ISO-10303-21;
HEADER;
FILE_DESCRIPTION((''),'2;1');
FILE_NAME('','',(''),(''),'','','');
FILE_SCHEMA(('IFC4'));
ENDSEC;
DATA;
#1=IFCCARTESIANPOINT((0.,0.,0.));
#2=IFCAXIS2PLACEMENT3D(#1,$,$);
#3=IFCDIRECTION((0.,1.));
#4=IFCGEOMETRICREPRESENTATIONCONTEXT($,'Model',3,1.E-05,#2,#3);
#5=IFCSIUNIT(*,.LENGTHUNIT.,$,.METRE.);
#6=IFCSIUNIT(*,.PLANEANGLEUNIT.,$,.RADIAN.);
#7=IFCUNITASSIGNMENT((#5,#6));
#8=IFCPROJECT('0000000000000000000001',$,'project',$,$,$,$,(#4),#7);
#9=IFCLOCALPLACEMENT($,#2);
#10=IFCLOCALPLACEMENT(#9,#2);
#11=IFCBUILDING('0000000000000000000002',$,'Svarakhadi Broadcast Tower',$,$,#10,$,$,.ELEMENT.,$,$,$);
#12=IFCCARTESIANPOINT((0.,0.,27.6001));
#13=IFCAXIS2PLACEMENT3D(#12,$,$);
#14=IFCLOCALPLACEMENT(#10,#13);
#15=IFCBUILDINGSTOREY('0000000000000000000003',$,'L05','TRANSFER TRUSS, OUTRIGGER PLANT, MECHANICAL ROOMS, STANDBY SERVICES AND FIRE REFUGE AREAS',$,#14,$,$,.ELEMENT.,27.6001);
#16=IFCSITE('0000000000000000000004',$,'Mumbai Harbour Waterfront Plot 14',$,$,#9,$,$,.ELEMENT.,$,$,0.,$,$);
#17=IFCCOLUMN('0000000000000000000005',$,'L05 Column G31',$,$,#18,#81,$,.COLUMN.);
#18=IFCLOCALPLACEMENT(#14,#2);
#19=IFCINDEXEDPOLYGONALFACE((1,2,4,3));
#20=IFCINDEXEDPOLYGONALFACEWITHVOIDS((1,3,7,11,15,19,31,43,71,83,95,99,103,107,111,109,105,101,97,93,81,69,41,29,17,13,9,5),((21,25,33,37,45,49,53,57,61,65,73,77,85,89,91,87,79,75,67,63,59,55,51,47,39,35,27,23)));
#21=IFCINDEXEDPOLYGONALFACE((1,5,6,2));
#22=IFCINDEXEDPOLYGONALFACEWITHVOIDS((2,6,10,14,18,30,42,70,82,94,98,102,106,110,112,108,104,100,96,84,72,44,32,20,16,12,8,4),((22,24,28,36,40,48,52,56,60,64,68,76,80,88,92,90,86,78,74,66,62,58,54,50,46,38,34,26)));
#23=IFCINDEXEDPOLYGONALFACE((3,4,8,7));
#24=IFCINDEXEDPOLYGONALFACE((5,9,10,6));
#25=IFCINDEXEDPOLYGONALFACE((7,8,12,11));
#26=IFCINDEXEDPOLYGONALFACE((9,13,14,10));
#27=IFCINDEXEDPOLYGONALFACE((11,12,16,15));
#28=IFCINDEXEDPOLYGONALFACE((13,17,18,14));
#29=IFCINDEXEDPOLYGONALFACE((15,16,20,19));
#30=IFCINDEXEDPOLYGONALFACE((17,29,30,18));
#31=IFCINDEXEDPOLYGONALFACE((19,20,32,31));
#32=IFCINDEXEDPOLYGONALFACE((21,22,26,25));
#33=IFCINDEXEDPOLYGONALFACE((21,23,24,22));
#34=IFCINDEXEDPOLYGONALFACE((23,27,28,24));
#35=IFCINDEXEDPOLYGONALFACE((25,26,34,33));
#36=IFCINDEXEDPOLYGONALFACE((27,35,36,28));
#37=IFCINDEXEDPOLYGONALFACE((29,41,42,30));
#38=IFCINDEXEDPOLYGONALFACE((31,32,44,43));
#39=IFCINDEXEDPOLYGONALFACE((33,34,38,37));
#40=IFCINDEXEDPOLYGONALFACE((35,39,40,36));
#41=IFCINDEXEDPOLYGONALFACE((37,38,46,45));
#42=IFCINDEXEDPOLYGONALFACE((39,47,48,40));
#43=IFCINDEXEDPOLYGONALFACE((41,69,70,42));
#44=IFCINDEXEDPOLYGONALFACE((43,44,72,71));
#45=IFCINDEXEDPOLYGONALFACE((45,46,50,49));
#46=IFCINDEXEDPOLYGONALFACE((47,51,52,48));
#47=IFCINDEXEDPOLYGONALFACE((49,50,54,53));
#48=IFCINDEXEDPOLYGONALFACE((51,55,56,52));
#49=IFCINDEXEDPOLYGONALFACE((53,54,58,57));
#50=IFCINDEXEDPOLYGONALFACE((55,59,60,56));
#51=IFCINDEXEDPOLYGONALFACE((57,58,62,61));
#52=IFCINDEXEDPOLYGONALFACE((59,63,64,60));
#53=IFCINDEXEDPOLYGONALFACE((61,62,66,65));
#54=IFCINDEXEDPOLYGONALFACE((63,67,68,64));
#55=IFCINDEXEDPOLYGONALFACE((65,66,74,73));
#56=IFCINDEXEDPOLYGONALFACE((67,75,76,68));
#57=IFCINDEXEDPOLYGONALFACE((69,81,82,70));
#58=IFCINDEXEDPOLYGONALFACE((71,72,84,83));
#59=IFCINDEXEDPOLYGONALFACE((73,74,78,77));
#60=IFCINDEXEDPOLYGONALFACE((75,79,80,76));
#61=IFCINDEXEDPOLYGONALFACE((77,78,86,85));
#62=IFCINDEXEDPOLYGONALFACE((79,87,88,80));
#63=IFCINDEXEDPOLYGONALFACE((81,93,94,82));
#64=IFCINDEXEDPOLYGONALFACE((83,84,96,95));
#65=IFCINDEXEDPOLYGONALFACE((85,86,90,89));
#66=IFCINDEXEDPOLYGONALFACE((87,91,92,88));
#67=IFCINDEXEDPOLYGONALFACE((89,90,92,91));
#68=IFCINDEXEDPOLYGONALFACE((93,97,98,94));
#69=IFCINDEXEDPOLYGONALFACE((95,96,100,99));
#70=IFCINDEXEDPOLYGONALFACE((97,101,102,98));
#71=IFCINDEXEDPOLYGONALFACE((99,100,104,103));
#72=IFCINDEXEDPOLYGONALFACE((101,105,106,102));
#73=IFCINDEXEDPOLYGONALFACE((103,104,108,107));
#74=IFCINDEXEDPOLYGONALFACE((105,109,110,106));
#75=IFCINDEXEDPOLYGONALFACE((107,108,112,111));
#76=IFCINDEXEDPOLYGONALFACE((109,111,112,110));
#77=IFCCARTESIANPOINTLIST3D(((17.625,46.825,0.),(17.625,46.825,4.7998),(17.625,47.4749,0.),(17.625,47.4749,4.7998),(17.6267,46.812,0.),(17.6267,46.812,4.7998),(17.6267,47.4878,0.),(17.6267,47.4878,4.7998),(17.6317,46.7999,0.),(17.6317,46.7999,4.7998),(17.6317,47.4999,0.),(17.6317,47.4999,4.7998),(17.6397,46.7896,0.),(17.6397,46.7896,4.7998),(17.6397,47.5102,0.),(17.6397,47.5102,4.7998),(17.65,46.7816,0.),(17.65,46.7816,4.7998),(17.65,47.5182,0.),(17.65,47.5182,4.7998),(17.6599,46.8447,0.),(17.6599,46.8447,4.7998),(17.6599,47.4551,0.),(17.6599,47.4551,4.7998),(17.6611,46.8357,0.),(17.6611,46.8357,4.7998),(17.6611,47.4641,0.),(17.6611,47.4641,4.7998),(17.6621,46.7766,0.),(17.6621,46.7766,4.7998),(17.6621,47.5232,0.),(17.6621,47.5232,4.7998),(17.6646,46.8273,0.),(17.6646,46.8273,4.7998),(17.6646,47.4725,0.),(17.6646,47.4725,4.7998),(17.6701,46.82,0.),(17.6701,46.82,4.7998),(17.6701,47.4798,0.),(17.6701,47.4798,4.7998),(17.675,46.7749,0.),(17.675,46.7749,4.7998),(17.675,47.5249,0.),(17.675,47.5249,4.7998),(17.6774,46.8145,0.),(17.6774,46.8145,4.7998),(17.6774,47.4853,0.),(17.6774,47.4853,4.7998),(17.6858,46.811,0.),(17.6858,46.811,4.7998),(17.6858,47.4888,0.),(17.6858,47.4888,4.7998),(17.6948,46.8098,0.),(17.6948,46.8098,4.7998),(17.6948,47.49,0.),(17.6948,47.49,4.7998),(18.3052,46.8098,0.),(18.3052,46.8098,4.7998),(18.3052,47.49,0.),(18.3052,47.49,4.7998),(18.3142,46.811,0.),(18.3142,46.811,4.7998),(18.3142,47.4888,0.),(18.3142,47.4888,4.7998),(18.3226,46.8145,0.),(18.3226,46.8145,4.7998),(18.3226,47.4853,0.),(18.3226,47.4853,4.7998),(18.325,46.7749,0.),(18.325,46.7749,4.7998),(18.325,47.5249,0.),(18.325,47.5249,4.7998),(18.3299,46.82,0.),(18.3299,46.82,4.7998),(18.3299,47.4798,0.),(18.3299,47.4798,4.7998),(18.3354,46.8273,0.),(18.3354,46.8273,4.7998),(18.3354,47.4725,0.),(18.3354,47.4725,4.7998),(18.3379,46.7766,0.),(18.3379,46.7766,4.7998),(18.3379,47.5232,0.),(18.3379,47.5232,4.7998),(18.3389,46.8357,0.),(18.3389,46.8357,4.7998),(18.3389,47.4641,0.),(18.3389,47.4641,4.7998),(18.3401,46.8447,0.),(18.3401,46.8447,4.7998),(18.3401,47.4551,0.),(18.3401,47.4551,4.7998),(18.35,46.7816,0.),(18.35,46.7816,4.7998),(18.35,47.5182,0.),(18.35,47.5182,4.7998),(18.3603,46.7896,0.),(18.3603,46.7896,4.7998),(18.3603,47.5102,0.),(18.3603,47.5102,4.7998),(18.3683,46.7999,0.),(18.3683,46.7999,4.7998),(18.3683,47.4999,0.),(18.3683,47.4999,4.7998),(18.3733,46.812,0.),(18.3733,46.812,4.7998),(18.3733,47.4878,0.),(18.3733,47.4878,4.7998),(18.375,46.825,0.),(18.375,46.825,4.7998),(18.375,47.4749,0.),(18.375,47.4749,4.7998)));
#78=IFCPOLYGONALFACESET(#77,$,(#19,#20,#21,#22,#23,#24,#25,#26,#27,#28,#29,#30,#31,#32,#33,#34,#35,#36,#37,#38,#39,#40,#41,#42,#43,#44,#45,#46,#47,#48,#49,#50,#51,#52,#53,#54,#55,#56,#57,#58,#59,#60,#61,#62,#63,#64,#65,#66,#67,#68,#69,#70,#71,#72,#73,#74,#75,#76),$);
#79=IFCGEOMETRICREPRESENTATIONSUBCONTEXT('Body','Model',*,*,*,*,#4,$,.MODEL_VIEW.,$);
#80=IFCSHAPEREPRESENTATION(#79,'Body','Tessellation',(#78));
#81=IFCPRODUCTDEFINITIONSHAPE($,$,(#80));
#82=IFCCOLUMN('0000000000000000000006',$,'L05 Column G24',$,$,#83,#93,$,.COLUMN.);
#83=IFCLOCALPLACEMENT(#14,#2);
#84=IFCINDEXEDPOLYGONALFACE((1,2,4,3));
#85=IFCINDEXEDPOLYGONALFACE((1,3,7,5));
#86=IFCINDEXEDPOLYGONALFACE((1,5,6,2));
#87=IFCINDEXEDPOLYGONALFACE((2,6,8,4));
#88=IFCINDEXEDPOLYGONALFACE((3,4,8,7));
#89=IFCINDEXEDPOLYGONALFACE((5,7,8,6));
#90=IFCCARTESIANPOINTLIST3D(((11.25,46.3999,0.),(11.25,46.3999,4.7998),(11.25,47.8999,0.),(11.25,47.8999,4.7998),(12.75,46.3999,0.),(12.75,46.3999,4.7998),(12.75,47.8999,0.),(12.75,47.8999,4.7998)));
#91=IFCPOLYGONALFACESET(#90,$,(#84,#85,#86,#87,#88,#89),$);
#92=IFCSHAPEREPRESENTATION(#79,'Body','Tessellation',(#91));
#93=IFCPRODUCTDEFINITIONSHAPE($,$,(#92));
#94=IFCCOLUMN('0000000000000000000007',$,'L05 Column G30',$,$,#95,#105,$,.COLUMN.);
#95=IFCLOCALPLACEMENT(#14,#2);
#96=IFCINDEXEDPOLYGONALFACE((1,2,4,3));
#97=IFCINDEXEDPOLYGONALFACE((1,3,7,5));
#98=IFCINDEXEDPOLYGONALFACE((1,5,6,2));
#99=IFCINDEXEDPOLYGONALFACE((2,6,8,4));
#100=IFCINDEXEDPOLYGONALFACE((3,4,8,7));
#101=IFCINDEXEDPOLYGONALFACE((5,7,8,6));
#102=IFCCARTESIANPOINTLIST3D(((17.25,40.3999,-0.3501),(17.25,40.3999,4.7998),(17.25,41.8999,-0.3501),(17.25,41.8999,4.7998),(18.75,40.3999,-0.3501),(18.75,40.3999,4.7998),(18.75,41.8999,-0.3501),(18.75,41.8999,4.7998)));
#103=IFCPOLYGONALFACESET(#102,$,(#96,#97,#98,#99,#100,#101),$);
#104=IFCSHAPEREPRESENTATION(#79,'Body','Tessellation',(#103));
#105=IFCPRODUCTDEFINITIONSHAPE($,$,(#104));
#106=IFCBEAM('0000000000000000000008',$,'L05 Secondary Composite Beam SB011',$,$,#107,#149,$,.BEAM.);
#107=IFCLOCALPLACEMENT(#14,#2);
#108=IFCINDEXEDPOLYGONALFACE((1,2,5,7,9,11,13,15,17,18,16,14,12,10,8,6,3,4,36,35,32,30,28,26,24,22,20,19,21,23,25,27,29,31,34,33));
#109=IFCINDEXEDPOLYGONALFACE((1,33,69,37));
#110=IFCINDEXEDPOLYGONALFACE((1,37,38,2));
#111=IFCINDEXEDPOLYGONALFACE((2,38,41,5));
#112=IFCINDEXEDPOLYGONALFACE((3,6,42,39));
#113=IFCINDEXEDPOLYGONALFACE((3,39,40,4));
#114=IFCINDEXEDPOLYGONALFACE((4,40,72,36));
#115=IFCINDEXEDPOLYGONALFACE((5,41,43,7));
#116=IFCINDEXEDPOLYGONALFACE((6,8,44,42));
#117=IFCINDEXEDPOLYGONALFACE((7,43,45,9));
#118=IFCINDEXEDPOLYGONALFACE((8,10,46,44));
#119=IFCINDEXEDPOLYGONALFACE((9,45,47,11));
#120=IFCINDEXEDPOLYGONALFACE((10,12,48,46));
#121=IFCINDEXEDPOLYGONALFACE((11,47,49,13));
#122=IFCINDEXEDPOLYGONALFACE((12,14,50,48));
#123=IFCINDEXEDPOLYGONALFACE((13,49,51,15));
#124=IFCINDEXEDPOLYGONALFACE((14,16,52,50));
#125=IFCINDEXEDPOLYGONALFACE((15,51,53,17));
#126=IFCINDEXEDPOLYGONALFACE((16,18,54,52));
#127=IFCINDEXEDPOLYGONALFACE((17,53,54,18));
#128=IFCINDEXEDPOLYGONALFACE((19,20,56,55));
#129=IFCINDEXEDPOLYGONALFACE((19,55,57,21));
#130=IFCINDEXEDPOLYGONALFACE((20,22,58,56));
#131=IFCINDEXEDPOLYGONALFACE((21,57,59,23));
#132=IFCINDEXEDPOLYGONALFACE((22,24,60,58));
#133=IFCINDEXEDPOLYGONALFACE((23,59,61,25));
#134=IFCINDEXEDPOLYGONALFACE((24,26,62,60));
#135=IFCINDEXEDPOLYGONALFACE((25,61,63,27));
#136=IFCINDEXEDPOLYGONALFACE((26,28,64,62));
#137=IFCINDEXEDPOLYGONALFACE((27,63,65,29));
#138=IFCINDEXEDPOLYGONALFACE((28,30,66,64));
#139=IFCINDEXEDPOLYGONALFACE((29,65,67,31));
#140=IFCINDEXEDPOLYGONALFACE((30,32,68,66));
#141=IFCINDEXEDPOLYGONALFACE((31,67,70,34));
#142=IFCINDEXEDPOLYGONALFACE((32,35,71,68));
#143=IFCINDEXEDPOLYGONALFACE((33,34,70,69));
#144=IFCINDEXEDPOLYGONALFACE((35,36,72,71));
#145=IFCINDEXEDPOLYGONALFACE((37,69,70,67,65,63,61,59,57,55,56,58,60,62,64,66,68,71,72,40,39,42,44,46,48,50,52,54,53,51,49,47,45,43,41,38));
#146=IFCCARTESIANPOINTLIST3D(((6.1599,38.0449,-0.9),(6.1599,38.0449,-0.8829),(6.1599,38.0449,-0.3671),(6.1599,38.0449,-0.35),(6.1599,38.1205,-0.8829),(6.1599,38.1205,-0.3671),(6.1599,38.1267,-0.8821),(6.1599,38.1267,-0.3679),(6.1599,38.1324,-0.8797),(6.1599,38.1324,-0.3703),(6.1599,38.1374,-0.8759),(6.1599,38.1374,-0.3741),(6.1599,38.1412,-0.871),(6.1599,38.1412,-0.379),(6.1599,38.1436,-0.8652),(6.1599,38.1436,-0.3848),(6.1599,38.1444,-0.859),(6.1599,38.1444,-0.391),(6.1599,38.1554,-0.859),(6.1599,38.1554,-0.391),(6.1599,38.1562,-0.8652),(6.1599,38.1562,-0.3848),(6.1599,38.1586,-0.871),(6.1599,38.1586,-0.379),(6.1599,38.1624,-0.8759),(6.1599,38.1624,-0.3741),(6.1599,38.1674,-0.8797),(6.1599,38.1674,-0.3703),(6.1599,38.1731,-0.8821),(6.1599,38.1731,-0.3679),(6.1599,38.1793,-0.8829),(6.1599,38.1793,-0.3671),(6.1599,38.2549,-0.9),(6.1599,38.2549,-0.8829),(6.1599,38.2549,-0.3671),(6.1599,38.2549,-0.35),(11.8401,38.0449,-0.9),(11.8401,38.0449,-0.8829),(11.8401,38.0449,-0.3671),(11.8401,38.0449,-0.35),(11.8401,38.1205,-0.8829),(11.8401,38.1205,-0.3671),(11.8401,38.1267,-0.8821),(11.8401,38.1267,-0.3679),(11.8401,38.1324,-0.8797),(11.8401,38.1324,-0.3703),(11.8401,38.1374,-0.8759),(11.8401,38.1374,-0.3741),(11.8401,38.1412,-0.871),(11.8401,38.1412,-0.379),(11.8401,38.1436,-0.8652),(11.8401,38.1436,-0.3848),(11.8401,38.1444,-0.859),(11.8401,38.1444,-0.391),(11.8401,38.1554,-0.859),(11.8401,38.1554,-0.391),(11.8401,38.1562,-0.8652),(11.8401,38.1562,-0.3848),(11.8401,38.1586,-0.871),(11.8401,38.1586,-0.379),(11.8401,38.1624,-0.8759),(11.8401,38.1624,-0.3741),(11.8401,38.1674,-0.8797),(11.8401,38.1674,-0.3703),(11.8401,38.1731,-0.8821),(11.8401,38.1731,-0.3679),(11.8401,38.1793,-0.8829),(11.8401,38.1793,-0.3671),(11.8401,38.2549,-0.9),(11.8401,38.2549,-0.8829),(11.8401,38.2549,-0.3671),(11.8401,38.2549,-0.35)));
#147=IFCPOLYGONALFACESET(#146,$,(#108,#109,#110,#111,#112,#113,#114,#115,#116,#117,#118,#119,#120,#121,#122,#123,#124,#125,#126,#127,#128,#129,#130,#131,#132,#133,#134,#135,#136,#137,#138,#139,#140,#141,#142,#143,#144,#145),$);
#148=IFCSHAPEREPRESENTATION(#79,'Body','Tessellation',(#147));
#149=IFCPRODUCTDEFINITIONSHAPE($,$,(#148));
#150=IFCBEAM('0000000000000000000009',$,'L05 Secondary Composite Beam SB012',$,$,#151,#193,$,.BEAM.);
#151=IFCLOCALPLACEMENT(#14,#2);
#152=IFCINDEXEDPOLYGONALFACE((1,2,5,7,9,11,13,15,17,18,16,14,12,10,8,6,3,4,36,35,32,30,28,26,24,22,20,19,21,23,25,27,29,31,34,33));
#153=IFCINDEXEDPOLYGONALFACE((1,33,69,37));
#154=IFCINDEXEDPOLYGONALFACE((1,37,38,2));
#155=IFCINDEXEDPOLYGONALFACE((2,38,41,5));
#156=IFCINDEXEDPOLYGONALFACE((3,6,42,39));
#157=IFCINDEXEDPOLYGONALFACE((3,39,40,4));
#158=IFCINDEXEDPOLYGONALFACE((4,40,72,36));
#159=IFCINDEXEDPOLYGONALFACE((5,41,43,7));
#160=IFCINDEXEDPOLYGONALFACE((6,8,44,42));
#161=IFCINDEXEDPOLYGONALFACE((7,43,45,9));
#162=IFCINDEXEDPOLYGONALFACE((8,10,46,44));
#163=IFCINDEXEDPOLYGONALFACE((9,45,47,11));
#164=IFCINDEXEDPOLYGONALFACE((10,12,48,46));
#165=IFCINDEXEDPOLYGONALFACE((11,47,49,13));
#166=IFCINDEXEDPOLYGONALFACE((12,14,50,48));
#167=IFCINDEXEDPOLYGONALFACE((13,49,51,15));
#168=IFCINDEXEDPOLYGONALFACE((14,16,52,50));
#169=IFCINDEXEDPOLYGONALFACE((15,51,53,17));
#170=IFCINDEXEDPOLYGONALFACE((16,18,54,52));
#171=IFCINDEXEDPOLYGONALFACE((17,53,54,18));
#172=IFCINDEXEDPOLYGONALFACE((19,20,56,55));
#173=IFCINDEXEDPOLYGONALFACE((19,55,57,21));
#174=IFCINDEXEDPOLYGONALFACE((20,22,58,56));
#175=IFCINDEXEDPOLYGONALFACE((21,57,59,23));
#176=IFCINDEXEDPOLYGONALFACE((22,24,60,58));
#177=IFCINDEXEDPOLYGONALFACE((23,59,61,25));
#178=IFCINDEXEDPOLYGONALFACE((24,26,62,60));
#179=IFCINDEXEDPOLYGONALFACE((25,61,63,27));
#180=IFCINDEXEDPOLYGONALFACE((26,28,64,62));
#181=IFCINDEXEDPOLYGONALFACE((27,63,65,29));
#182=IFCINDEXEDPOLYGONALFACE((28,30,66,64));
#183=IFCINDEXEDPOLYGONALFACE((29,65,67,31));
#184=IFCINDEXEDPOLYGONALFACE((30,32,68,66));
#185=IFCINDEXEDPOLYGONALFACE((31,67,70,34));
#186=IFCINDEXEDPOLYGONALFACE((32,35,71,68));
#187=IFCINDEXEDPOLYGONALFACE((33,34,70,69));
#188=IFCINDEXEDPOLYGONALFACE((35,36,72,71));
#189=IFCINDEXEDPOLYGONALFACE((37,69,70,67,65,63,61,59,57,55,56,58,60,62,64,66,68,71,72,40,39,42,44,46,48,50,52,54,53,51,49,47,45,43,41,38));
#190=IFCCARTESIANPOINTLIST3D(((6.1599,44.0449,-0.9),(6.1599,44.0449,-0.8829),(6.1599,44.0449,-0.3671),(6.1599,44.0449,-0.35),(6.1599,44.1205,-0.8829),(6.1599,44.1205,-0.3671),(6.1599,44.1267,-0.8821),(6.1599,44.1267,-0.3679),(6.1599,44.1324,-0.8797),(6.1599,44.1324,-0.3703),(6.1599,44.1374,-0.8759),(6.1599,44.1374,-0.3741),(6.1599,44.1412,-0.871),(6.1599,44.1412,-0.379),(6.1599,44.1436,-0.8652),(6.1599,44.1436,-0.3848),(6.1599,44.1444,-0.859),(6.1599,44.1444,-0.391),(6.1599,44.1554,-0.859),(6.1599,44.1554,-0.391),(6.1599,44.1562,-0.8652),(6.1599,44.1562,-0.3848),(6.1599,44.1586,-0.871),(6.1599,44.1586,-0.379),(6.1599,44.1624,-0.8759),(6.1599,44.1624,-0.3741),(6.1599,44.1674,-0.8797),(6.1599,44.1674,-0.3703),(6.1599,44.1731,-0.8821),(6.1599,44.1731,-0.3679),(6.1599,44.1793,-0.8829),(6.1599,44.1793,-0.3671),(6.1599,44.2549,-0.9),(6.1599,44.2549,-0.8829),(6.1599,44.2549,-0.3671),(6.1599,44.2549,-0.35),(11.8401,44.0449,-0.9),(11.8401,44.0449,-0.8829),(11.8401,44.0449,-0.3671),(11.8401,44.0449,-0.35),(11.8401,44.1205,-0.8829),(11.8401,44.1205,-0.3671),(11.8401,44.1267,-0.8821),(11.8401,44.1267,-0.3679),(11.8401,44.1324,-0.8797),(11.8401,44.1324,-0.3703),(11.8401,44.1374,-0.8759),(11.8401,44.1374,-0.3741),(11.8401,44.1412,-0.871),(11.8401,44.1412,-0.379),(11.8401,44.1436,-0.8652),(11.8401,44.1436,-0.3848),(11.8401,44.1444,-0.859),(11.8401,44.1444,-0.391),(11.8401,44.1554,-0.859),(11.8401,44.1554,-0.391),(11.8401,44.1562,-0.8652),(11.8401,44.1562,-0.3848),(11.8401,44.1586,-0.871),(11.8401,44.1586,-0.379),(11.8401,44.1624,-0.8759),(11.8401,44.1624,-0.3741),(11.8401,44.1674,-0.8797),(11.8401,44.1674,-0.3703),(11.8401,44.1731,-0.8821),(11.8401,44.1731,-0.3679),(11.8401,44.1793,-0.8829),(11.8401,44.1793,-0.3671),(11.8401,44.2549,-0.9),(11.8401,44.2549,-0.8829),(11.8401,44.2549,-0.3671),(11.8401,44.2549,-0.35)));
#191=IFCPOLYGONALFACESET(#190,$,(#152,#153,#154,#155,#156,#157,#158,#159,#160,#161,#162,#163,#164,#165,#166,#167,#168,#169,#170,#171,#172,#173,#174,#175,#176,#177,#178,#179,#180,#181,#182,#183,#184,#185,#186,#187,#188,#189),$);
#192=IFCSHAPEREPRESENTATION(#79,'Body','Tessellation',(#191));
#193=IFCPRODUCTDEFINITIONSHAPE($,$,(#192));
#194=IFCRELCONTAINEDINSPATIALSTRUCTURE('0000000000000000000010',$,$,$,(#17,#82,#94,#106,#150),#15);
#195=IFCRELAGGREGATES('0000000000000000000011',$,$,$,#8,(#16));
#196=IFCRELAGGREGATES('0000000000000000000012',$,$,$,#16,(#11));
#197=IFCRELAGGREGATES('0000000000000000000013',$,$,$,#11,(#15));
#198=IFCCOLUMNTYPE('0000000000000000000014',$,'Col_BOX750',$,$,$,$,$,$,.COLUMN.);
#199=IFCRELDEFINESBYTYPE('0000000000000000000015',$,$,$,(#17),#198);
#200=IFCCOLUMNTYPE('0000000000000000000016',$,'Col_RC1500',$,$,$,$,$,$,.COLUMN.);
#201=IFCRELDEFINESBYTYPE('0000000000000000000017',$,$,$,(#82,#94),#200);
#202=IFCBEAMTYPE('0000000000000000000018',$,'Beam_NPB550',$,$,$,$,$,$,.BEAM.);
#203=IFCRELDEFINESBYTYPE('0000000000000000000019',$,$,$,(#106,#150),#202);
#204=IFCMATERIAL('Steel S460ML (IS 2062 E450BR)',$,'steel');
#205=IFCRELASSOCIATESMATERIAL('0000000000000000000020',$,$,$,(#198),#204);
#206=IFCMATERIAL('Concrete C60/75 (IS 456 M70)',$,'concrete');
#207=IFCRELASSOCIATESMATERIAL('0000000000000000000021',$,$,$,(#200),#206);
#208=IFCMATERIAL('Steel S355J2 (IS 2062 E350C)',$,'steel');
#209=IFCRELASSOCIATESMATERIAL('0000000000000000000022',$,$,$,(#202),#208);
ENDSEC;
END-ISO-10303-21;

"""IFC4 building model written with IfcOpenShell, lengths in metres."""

from ifc_helpers import new_model, si_unit, direction, frame, origin, origin_2d, place, context, subcontext, project, spatial, rectangle, hollow_rectangle, i_section, extrude, material, material_profile, profile_set, type_object, element, save


model = new_model("IFC4")

# Units and contexts
model_context = context("Model", 3, precision=1e-05, world=origin(), true_north=direction((0.0, 1.0)))
body_context = subcontext(model_context, "Body", "Model", "MODEL_VIEW")
ifc_project = project(units=[si_unit("LENGTHUNIT", "METRE"), si_unit("PLANEANGLEUNIT", "RADIAN")], contexts=[model_context])

# Site, building, storey
site_placement = place(None, origin())
site = spatial("IfcSite", under=ifc_project, at=site_placement, Name="Mumbai Harbour Waterfront Plot 14", CompositionType="ELEMENT", RefElevation=0.0)
building_placement = place(site_placement, origin())
building = spatial("IfcBuilding", under=site, at=building_placement, Name="Svarakhadi Broadcast Tower", CompositionType="ELEMENT")
storey_placement = place(building_placement, frame((0.0, 0.0, 27.6001)))
storey = spatial("IfcBuildingStorey", under=building, at=storey_placement, Name="L05", Description="TRANSFER TRUSS, OUTRIGGER PLANT, MECHANICAL ROOMS, STANDBY SERVICES AND FIRE REFUGE AREAS", CompositionType="ELEMENT", Elevation=27.6001)

# Columns
ifc_material_1 = material(Name="Steel S460ML (IS 2062 E450BR)", Category="steel")
ifc_material_profile_1 = material_profile(ifc_material_1, hollow_rectangle(XDim=0.75, YDim=0.75, WallThickness=0.0349, InnerFilletRadius=0.0349, OuterFilletRadius=0.05, at=origin_2d()), Name="BOX 750x750x35")
ifc_profile_set_1 = profile_set([ifc_material_profile_1], Name="Steel S460ML (IS 2062 E450BR)")
column_type_1 = type_object("IfcColumnType", Name="Col_BOX750", PredefinedType="COLUMN", material=ifc_profile_set_1)
column_1_placement = place(storey_placement, frame((18.0, 47.1499, 0.0), z_axis=(0.0, 0.0, 1.0), x_axis=(1.0, 0.0, 0.0)))
element("IfcColumn", 1, at=column_1_placement, inside=storey, type_object=column_type_1, Name="L05 Column G31", PredefinedType="COLUMN", context=body_context, shape_type="SweptSolid", body=[
    extrude(hollow_rectangle(XDim=0.75, YDim=0.75, WallThickness=0.0349, InnerFilletRadius=0.0349, OuterFilletRadius=0.05, at=origin_2d()), origin(), (0.0, 0.0, 1.0), 4.7998),
])
ifc_material_2 = material(Name="Concrete C60/75 (IS 456 M70)", Category="concrete")
ifc_material_profile_2 = material_profile(ifc_material_2, rectangle(XDim=1.5, YDim=1.5, at=origin_2d()), Name="RC 1500x1500")
ifc_profile_set_2 = profile_set([ifc_material_profile_2], Name="Concrete C60/75 (IS 456 M70)")
column_type_2 = type_object("IfcColumnType", Name="Col_RC1500", PredefinedType="COLUMN", material=ifc_profile_set_2)
column_2_placement = place(storey_placement, frame((12.0, 47.1499, 0.0), z_axis=(0.0, 0.0, 1.0), x_axis=(1.0, 0.0, 0.0)))
element("IfcColumn", 2, at=column_2_placement, inside=storey, type_object=column_type_2, Name="L05 Column G24", PredefinedType="COLUMN", context=body_context, shape_type="SweptSolid", body=[
    extrude(rectangle(XDim=1.5, YDim=1.5, at=origin_2d()), origin(), (0.0, 0.0, 1.0), 4.7998),
])
column_3_placement = place(storey_placement, frame((18.0, 41.1499, -0.3501), z_axis=(0.0, 0.0, 1.0), x_axis=(1.0, 0.0, 0.0)))
element("IfcColumn", 3, at=column_3_placement, inside=storey, type_object=column_type_2, Name="L05 Column G30", PredefinedType="COLUMN", context=body_context, shape_type="SweptSolid", body=[
    extrude(rectangle(XDim=1.5, YDim=1.5, at=origin_2d()), origin(), (0.0, 0.0, 1.0), 5.1499),
])

# Beams
ifc_material_3 = material(Name="Steel S355J2 (IS 2062 E350C)", Category="steel")
ifc_material_profile_3 = material_profile(ifc_material_3, i_section(OverallWidth=0.21, OverallDepth=0.55, WebThickness=0.011, FlangeThickness=0.0171, FilletRadius=0.0239, at=origin_2d()), Name="NPB 550x210x106")
ifc_profile_set_3 = profile_set([ifc_material_profile_3], Name="Steel S355J2 (IS 2062 E350C)")
beam_type_1 = type_object("IfcBeamType", Name="Beam_NPB550", PredefinedType="BEAM", material=ifc_profile_set_3)
for number, where, z_axis, x_axis, name in (
    (4, (6.1599, 38.1499, -0.625), (1.0, 0.0, 0.0), (0.0, 1.0, 0.0), "L05 Secondary Composite Beam SB011"),
    (5, (6.1599, 44.1499, -0.625), (1.0, 0.0, 0.0), (0.0, 1.0, 0.0), "L05 Secondary Composite Beam SB012"),
):
    element("IfcBeam", number, at=place(storey_placement, frame(where, z_axis=z_axis, x_axis=x_axis)), inside=storey, type_object=beam_type_1, Name=name, PredefinedType="BEAM", context=body_context, shape_type="SweptSolid", body=[
        extrude(i_section(OverallWidth=0.21, OverallDepth=0.55, WebThickness=0.011, FlangeThickness=0.0171, FilletRadius=0.0239, at=origin_2d()), origin(), (0.0, 0.0, 1.0), 5.6802),
    ])

save(model, "model.ifc")
